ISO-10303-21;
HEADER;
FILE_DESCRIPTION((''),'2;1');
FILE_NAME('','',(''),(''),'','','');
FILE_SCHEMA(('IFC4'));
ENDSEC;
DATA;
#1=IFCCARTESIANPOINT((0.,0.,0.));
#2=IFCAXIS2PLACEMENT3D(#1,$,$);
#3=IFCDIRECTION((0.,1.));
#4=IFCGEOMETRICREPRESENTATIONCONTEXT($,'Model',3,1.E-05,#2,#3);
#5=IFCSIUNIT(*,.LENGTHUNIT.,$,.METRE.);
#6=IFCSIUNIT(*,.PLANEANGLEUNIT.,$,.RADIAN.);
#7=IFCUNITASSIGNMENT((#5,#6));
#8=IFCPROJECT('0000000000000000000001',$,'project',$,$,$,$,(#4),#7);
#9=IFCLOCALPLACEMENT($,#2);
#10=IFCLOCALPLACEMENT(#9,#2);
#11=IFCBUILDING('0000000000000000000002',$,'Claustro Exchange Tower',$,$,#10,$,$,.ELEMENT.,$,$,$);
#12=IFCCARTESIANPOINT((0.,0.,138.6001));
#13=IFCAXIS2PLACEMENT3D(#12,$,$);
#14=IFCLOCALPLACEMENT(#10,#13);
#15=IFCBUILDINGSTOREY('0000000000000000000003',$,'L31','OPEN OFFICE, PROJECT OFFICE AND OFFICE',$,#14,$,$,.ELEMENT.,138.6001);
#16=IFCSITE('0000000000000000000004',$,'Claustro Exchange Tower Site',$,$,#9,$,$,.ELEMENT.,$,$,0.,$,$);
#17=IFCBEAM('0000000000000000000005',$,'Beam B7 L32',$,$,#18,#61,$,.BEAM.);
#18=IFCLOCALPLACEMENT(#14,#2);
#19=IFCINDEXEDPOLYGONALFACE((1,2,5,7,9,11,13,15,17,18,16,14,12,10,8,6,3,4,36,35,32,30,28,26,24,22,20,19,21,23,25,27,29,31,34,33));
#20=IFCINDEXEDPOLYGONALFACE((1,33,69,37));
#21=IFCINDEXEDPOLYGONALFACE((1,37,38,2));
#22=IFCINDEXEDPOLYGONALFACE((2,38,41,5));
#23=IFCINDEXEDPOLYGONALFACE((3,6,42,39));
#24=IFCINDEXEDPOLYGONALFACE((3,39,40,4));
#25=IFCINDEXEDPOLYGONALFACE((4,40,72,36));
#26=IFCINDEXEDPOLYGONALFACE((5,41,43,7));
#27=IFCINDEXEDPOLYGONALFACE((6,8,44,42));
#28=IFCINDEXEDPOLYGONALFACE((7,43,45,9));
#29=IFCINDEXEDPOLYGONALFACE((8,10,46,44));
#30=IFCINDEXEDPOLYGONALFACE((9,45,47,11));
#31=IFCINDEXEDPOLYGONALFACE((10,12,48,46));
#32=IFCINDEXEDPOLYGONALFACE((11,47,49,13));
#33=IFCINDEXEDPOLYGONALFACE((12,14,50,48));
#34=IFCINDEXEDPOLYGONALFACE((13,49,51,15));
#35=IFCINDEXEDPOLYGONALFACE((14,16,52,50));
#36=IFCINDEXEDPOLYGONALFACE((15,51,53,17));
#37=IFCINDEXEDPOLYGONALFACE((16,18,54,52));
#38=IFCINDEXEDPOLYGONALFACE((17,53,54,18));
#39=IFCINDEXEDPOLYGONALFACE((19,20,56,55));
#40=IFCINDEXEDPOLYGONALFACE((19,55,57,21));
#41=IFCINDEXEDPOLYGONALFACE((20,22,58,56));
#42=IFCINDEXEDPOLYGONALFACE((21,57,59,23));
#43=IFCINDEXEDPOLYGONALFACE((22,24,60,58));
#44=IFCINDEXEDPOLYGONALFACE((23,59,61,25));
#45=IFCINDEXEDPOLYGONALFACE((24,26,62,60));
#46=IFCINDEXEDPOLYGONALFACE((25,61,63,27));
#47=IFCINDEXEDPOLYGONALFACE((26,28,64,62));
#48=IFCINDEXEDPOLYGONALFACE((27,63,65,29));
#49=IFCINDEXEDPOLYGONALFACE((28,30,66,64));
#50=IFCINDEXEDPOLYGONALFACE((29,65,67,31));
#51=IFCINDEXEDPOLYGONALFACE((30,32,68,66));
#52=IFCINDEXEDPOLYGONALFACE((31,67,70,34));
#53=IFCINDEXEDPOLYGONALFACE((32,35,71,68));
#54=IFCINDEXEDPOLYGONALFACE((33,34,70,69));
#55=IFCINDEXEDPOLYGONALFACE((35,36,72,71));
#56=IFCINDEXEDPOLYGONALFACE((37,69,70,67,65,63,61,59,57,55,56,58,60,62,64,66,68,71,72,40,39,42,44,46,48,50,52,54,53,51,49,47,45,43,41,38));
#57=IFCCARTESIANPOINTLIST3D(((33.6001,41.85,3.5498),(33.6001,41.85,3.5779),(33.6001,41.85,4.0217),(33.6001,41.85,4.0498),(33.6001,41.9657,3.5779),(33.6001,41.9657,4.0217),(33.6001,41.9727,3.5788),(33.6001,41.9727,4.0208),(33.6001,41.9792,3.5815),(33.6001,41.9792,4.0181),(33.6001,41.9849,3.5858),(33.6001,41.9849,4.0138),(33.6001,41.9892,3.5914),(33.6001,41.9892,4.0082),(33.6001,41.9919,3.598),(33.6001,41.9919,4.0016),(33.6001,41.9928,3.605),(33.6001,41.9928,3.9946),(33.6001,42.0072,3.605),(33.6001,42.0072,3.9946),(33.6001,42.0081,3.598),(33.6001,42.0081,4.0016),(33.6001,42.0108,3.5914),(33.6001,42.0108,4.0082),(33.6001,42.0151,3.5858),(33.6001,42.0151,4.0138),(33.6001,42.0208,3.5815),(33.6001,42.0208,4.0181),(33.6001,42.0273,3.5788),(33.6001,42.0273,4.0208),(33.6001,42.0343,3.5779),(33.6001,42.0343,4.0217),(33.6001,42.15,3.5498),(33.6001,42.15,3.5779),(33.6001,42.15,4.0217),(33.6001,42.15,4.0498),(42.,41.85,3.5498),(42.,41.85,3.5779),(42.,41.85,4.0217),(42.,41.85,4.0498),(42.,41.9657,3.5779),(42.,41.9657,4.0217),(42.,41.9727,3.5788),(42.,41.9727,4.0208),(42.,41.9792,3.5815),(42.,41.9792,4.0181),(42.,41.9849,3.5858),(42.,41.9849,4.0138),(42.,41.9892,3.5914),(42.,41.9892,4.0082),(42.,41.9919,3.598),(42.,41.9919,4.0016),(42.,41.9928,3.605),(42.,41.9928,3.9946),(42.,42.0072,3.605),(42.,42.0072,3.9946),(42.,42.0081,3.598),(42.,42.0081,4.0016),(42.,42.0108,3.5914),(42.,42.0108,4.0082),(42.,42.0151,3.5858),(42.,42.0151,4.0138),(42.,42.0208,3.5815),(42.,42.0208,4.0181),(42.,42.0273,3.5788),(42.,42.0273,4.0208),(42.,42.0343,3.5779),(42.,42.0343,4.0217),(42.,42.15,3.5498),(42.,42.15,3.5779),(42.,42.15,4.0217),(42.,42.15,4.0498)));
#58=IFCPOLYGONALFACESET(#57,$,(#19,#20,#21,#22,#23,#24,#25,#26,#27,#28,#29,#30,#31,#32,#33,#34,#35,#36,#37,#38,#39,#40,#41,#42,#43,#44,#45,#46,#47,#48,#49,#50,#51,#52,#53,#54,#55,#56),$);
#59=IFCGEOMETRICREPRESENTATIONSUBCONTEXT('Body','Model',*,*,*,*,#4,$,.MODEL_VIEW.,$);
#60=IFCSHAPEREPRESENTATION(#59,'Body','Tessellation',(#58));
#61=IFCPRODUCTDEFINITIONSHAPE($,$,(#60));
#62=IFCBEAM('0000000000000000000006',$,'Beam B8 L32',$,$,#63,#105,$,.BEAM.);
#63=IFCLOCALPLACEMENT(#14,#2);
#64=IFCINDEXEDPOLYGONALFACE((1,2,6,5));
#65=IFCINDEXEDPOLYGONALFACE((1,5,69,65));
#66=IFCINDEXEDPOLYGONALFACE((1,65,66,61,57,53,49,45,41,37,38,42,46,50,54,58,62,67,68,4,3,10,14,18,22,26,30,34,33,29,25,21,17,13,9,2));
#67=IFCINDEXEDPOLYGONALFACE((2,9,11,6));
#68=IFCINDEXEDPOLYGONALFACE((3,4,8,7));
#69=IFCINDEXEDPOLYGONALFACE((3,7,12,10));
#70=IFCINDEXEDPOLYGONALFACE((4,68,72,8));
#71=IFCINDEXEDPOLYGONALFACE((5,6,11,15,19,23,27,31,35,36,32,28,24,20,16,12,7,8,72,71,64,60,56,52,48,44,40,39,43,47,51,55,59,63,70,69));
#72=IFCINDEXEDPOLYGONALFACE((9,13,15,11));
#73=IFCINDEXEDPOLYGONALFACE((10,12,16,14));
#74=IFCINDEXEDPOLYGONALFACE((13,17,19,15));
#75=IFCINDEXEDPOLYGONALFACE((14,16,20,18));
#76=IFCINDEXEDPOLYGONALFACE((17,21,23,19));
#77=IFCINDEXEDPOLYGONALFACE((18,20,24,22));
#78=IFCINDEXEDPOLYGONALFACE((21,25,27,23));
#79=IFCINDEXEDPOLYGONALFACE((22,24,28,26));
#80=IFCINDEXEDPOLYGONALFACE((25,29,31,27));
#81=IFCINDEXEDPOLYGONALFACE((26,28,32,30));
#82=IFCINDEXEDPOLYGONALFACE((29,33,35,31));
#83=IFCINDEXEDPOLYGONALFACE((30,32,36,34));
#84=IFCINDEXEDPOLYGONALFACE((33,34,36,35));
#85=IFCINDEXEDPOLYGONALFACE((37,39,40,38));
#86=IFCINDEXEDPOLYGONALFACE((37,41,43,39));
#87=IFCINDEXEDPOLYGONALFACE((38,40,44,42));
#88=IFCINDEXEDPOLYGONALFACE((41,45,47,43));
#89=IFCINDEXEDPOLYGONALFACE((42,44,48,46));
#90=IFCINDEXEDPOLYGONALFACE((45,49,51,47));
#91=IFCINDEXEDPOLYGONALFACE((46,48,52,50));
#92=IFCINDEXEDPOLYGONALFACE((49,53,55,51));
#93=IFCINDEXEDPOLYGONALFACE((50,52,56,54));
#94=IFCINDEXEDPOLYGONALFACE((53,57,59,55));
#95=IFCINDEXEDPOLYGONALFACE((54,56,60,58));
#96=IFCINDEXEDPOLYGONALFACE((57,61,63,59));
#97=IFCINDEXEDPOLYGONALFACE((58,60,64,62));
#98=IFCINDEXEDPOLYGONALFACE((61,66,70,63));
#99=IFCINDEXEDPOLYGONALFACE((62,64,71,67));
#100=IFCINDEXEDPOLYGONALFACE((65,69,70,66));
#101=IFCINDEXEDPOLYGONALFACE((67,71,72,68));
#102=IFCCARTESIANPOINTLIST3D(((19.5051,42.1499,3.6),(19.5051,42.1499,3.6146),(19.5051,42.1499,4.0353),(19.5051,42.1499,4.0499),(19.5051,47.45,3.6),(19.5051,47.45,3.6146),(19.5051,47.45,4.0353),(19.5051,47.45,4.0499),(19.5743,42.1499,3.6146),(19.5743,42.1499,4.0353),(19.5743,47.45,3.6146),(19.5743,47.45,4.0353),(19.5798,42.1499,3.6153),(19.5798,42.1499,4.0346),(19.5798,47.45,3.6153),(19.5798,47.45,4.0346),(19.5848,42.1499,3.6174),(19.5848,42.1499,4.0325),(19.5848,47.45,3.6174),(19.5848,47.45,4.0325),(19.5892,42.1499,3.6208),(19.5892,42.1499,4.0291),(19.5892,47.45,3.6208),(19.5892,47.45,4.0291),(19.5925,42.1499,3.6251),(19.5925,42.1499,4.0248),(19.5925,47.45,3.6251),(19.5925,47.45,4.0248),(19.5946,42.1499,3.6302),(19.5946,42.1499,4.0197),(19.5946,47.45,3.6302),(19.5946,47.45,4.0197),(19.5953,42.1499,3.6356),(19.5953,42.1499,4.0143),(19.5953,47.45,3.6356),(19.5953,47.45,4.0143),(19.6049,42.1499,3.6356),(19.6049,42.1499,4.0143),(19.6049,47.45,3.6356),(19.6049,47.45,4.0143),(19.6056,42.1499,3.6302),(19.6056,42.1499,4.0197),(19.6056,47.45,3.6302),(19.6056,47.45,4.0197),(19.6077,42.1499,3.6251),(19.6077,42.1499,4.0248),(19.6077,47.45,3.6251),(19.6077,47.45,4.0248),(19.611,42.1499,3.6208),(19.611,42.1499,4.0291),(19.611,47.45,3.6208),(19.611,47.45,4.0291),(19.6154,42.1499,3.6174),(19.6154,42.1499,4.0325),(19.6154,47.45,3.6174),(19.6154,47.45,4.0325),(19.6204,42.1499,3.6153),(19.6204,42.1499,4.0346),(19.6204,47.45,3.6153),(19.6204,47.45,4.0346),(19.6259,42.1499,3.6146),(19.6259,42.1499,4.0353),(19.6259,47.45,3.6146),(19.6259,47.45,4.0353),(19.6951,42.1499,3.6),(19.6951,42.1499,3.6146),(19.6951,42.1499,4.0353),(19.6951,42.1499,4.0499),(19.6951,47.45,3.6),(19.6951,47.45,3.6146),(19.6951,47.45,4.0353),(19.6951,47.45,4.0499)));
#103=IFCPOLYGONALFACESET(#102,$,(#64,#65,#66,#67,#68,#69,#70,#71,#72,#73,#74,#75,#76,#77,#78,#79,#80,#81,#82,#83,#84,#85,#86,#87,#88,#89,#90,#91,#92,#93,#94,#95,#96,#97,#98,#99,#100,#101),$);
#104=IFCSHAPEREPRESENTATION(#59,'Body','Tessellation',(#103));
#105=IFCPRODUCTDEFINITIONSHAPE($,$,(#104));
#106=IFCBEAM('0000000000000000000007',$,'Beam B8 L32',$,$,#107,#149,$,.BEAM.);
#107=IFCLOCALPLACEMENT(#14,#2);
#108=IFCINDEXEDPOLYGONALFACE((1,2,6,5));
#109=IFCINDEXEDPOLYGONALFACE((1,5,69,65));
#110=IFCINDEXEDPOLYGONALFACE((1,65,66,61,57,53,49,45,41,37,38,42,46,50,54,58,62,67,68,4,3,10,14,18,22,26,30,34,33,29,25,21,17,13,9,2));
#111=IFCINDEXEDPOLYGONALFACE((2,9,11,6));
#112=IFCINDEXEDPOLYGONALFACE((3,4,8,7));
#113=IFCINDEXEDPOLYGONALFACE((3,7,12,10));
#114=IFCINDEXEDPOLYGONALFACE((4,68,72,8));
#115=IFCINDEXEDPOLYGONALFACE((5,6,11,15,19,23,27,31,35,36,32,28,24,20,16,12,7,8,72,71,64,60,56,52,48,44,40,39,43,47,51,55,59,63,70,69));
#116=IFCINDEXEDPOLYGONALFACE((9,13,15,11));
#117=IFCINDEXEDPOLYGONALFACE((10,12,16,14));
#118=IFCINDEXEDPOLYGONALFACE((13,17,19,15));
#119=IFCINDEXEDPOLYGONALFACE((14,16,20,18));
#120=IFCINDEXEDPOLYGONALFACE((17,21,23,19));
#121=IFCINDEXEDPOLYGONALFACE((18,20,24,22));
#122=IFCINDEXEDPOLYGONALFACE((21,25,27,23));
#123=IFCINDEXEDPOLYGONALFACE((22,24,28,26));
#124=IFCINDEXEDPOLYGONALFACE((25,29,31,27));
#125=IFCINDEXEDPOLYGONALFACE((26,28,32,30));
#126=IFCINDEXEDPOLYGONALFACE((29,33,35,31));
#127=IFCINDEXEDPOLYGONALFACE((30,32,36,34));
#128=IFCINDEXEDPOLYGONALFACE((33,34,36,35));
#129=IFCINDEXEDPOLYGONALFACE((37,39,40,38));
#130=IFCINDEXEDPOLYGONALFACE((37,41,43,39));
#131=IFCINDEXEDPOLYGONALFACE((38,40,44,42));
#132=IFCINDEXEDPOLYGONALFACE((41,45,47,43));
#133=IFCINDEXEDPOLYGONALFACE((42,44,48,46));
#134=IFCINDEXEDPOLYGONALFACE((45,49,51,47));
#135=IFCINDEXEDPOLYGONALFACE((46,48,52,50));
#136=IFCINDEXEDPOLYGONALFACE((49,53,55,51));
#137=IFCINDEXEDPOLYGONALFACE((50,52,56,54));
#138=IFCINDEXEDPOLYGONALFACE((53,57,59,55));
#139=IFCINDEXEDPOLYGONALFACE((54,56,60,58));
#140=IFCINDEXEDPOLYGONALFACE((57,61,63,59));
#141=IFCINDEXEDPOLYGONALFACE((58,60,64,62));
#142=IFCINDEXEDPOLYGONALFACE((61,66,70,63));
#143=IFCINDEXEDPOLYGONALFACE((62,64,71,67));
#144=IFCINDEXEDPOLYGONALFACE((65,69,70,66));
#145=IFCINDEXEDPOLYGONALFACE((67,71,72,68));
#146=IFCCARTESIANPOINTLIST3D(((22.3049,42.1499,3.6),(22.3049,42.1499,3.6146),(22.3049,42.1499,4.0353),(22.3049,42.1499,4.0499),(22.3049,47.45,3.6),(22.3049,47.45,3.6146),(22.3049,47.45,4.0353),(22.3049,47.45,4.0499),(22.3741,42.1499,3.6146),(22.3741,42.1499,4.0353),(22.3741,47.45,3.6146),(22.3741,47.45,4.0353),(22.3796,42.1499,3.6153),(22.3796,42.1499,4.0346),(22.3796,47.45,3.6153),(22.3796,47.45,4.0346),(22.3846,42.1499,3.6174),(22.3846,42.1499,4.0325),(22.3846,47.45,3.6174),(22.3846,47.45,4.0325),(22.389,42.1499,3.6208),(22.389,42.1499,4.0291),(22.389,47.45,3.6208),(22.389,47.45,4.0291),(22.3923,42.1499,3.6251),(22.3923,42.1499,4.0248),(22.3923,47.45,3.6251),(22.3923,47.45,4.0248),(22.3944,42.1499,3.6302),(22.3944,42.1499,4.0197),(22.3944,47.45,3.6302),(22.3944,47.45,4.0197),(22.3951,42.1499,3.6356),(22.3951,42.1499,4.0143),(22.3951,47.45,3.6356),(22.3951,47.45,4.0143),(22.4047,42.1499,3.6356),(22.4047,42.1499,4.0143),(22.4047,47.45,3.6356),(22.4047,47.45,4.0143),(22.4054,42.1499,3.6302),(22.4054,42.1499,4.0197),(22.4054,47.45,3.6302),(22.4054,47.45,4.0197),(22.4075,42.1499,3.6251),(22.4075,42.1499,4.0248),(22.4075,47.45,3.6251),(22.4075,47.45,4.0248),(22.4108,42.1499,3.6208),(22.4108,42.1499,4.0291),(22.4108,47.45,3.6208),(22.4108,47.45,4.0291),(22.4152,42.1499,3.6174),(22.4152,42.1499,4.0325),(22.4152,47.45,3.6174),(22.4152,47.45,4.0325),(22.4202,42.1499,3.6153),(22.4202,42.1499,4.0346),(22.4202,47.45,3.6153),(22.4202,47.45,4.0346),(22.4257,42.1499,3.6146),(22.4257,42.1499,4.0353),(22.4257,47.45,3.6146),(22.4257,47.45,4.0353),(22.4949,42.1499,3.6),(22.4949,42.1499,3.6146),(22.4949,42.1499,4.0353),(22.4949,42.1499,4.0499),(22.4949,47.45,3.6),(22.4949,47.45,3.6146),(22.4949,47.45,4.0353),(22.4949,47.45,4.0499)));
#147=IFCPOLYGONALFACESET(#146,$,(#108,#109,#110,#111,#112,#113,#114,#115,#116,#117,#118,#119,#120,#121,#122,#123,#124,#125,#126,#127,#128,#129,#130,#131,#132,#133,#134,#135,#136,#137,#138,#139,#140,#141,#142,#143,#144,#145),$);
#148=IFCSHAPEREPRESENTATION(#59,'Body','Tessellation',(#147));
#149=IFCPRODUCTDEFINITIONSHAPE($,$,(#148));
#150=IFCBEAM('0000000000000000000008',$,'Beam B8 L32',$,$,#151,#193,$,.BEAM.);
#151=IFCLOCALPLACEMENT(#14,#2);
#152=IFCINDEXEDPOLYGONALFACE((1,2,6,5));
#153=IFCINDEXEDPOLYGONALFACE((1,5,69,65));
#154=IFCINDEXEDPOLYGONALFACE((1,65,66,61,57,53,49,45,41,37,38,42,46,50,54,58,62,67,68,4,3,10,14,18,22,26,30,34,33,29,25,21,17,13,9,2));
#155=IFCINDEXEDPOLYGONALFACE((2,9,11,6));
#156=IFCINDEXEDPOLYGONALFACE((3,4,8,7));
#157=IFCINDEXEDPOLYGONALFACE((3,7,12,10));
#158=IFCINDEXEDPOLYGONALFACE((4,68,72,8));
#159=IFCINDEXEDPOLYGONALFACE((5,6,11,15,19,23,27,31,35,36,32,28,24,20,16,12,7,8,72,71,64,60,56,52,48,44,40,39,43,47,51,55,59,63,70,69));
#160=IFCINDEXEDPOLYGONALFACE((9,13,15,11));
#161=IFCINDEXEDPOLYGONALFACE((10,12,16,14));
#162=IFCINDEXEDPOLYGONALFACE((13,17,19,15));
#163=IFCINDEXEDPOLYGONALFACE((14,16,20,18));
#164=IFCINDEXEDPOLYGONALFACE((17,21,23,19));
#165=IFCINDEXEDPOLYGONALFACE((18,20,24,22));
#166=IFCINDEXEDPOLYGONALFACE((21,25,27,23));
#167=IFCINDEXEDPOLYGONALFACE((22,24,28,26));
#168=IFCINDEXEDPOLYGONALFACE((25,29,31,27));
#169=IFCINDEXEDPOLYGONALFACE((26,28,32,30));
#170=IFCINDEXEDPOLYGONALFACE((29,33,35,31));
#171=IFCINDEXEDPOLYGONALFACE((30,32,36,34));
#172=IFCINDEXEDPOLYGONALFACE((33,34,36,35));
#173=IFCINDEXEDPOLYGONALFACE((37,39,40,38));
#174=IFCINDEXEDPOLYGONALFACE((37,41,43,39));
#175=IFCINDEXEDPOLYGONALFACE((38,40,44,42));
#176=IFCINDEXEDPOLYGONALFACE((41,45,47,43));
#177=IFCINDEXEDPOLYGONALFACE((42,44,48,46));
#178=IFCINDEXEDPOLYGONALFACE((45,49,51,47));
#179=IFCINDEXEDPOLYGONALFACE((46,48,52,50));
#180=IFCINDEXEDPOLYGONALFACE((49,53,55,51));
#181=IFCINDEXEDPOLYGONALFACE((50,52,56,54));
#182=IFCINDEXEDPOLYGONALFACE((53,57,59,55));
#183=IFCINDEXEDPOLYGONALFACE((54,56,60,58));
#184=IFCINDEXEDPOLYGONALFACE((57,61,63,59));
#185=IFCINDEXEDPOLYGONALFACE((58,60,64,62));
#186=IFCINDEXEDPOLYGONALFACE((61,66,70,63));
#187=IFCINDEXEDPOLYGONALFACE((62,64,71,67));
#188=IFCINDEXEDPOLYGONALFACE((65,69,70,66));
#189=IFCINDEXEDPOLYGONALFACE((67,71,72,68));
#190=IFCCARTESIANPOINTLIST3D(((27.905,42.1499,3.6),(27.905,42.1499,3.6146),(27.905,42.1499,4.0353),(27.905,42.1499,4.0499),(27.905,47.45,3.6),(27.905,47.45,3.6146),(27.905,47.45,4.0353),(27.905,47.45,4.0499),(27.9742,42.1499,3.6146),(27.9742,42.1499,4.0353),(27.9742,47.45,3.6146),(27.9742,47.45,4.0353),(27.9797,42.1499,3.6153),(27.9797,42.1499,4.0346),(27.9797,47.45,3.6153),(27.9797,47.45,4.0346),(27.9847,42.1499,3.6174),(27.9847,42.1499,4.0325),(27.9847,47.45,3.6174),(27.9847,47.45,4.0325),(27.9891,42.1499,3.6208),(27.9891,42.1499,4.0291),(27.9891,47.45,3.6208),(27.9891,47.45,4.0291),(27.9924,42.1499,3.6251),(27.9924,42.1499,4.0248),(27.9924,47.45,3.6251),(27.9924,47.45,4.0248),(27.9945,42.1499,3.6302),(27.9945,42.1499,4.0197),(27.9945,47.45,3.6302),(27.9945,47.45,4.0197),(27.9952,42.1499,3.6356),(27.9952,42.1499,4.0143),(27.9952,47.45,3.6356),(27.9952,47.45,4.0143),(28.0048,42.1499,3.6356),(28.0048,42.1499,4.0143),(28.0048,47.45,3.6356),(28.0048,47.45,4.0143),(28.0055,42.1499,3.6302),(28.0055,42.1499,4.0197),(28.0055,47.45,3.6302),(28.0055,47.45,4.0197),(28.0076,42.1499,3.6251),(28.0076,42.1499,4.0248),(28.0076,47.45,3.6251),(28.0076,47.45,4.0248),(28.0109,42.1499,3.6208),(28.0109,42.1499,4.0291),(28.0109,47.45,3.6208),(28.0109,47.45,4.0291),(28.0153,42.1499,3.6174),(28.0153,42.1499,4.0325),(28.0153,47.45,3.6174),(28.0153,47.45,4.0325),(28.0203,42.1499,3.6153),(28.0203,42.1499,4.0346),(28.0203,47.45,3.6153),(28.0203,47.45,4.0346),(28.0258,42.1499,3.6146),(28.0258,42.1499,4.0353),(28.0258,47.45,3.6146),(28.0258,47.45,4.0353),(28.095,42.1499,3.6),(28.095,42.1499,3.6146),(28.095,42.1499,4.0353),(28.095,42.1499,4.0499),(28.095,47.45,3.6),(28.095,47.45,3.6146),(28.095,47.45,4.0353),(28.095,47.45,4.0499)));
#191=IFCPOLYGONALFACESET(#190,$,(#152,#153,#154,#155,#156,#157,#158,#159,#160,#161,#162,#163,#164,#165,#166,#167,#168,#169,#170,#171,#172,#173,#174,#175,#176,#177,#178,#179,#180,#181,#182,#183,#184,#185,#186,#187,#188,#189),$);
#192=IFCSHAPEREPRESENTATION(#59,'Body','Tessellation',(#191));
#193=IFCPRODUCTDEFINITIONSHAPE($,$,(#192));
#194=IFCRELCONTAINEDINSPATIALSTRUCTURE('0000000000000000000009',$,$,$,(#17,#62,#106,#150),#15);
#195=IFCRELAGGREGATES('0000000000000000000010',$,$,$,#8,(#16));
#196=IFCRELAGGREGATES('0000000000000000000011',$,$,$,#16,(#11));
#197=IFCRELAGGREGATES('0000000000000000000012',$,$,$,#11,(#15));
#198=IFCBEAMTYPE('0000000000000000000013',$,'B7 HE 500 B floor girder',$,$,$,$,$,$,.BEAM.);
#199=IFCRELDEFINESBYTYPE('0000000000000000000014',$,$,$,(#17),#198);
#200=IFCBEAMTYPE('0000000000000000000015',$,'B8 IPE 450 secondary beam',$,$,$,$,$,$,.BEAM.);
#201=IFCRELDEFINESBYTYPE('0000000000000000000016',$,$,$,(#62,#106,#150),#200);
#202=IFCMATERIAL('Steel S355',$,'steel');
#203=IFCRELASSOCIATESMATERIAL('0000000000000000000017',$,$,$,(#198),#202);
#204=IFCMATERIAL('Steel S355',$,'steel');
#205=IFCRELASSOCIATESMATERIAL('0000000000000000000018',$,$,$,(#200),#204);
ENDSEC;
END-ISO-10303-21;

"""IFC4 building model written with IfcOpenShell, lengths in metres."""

from ifc_helpers import new_model, si_unit, direction, frame, origin, origin_2d, place, context, subcontext, project, spatial, i_section, extrude, material, material_profile, profile_set, type_object, element, save


model = new_model("IFC4")

# Units and contexts
model_context = context("Model", 3, precision=1e-05, world=origin(), true_north=direction((0.0, 1.0)))
body_context = subcontext(model_context, "Body", "Model", "MODEL_VIEW")
ifc_project = project(units=[si_unit("LENGTHUNIT", "METRE"), si_unit("PLANEANGLEUNIT", "RADIAN")], contexts=[model_context])

# Site, building, storey
site_placement = place(None, origin())
site = spatial("IfcSite", under=ifc_project, at=site_placement, Name="Claustro Exchange Tower Site", CompositionType="ELEMENT", RefElevation=0.0)
building_placement = place(site_placement, origin())
building = spatial("IfcBuilding", under=site, at=building_placement, Name="Claustro Exchange Tower", CompositionType="ELEMENT")
storey_placement = place(building_placement, frame((0.0, 0.0, 138.6001)))
storey = spatial("IfcBuildingStorey", under=building, at=storey_placement, Name="L31", Description="OPEN OFFICE, PROJECT OFFICE AND OFFICE", CompositionType="ELEMENT", Elevation=138.6001)

# Beams
ifc_material_1 = material(Name="Steel S355", Category="steel")
ifc_material_profile_1 = material_profile(ifc_material_1, i_section(OverallWidth=0.3, OverallDepth=0.5, WebThickness=0.0144, FlangeThickness=0.0281, FilletRadius=0.0271, at=origin_2d()), Name="HE 500 B")
ifc_profile_set_1 = profile_set([ifc_material_profile_1], Name="Steel S355")
beam_type_1 = type_object("IfcBeamType", Name="B7 HE 500 B floor girder", PredefinedType="BEAM", material=ifc_profile_set_1)
beam_1_placement = place(storey_placement, frame((33.6001, 42.0, 3.7998), z_axis=(1.0, 0.0, 0.0), x_axis=(0.0, 1.0, 0.0)))
element("IfcBeam", 1, at=beam_1_placement, inside=storey, type_object=beam_type_1, Name="Beam B7 L32", PredefinedType="BEAM", context=body_context, shape_type="SweptSolid", body=[
    extrude(i_section(OverallWidth=0.3, OverallDepth=0.5, WebThickness=0.0144, FlangeThickness=0.0281, FilletRadius=0.0271, at=origin_2d()), origin(), (0.0, 0.0, 1.0), 8.3999),
])
ifc_material_2 = material(Name="Steel S355", Category="steel")
ifc_material_profile_2 = material_profile(ifc_material_2, i_section(OverallWidth=0.1899, OverallDepth=0.45, WebThickness=0.0095, FlangeThickness=0.0146, FilletRadius=0.021, at=origin_2d()), Name="IPE 450")
ifc_profile_set_2 = profile_set([ifc_material_profile_2], Name="Steel S355")
beam_type_2 = type_object("IfcBeamType", Name="B8 IPE 450 secondary beam", PredefinedType="BEAM", material=ifc_profile_set_2)
for number, where, z_axis, x_axis, name in (
    (2, (19.6001, 42.1499, 3.825), (0.0, 1.0, 0.0), (-1.0, 0.0, 0.0), "Beam B8 L32"),
    (3, (22.3999, 42.1499, 3.825), (0.0, 1.0, 0.0), (-1.0, 0.0, 0.0), "Beam B8 L32"),
    (4, (28.0, 42.1499, 3.825), (0.0, 1.0, 0.0), (-1.0, 0.0, 0.0), "Beam B8 L32"),
):
    element("IfcBeam", number, at=place(storey_placement, frame(where, z_axis=z_axis, x_axis=x_axis)), inside=storey, type_object=beam_type_2, Name=name, PredefinedType="BEAM", context=body_context, shape_type="SweptSolid", body=[
        extrude(i_section(OverallWidth=0.1899, OverallDepth=0.45, WebThickness=0.0095, FlangeThickness=0.0146, FilletRadius=0.021, at=origin_2d()), origin(), (0.0, 0.0, 1.0), 5.3),
    ])

save(model, "model.ifc")
